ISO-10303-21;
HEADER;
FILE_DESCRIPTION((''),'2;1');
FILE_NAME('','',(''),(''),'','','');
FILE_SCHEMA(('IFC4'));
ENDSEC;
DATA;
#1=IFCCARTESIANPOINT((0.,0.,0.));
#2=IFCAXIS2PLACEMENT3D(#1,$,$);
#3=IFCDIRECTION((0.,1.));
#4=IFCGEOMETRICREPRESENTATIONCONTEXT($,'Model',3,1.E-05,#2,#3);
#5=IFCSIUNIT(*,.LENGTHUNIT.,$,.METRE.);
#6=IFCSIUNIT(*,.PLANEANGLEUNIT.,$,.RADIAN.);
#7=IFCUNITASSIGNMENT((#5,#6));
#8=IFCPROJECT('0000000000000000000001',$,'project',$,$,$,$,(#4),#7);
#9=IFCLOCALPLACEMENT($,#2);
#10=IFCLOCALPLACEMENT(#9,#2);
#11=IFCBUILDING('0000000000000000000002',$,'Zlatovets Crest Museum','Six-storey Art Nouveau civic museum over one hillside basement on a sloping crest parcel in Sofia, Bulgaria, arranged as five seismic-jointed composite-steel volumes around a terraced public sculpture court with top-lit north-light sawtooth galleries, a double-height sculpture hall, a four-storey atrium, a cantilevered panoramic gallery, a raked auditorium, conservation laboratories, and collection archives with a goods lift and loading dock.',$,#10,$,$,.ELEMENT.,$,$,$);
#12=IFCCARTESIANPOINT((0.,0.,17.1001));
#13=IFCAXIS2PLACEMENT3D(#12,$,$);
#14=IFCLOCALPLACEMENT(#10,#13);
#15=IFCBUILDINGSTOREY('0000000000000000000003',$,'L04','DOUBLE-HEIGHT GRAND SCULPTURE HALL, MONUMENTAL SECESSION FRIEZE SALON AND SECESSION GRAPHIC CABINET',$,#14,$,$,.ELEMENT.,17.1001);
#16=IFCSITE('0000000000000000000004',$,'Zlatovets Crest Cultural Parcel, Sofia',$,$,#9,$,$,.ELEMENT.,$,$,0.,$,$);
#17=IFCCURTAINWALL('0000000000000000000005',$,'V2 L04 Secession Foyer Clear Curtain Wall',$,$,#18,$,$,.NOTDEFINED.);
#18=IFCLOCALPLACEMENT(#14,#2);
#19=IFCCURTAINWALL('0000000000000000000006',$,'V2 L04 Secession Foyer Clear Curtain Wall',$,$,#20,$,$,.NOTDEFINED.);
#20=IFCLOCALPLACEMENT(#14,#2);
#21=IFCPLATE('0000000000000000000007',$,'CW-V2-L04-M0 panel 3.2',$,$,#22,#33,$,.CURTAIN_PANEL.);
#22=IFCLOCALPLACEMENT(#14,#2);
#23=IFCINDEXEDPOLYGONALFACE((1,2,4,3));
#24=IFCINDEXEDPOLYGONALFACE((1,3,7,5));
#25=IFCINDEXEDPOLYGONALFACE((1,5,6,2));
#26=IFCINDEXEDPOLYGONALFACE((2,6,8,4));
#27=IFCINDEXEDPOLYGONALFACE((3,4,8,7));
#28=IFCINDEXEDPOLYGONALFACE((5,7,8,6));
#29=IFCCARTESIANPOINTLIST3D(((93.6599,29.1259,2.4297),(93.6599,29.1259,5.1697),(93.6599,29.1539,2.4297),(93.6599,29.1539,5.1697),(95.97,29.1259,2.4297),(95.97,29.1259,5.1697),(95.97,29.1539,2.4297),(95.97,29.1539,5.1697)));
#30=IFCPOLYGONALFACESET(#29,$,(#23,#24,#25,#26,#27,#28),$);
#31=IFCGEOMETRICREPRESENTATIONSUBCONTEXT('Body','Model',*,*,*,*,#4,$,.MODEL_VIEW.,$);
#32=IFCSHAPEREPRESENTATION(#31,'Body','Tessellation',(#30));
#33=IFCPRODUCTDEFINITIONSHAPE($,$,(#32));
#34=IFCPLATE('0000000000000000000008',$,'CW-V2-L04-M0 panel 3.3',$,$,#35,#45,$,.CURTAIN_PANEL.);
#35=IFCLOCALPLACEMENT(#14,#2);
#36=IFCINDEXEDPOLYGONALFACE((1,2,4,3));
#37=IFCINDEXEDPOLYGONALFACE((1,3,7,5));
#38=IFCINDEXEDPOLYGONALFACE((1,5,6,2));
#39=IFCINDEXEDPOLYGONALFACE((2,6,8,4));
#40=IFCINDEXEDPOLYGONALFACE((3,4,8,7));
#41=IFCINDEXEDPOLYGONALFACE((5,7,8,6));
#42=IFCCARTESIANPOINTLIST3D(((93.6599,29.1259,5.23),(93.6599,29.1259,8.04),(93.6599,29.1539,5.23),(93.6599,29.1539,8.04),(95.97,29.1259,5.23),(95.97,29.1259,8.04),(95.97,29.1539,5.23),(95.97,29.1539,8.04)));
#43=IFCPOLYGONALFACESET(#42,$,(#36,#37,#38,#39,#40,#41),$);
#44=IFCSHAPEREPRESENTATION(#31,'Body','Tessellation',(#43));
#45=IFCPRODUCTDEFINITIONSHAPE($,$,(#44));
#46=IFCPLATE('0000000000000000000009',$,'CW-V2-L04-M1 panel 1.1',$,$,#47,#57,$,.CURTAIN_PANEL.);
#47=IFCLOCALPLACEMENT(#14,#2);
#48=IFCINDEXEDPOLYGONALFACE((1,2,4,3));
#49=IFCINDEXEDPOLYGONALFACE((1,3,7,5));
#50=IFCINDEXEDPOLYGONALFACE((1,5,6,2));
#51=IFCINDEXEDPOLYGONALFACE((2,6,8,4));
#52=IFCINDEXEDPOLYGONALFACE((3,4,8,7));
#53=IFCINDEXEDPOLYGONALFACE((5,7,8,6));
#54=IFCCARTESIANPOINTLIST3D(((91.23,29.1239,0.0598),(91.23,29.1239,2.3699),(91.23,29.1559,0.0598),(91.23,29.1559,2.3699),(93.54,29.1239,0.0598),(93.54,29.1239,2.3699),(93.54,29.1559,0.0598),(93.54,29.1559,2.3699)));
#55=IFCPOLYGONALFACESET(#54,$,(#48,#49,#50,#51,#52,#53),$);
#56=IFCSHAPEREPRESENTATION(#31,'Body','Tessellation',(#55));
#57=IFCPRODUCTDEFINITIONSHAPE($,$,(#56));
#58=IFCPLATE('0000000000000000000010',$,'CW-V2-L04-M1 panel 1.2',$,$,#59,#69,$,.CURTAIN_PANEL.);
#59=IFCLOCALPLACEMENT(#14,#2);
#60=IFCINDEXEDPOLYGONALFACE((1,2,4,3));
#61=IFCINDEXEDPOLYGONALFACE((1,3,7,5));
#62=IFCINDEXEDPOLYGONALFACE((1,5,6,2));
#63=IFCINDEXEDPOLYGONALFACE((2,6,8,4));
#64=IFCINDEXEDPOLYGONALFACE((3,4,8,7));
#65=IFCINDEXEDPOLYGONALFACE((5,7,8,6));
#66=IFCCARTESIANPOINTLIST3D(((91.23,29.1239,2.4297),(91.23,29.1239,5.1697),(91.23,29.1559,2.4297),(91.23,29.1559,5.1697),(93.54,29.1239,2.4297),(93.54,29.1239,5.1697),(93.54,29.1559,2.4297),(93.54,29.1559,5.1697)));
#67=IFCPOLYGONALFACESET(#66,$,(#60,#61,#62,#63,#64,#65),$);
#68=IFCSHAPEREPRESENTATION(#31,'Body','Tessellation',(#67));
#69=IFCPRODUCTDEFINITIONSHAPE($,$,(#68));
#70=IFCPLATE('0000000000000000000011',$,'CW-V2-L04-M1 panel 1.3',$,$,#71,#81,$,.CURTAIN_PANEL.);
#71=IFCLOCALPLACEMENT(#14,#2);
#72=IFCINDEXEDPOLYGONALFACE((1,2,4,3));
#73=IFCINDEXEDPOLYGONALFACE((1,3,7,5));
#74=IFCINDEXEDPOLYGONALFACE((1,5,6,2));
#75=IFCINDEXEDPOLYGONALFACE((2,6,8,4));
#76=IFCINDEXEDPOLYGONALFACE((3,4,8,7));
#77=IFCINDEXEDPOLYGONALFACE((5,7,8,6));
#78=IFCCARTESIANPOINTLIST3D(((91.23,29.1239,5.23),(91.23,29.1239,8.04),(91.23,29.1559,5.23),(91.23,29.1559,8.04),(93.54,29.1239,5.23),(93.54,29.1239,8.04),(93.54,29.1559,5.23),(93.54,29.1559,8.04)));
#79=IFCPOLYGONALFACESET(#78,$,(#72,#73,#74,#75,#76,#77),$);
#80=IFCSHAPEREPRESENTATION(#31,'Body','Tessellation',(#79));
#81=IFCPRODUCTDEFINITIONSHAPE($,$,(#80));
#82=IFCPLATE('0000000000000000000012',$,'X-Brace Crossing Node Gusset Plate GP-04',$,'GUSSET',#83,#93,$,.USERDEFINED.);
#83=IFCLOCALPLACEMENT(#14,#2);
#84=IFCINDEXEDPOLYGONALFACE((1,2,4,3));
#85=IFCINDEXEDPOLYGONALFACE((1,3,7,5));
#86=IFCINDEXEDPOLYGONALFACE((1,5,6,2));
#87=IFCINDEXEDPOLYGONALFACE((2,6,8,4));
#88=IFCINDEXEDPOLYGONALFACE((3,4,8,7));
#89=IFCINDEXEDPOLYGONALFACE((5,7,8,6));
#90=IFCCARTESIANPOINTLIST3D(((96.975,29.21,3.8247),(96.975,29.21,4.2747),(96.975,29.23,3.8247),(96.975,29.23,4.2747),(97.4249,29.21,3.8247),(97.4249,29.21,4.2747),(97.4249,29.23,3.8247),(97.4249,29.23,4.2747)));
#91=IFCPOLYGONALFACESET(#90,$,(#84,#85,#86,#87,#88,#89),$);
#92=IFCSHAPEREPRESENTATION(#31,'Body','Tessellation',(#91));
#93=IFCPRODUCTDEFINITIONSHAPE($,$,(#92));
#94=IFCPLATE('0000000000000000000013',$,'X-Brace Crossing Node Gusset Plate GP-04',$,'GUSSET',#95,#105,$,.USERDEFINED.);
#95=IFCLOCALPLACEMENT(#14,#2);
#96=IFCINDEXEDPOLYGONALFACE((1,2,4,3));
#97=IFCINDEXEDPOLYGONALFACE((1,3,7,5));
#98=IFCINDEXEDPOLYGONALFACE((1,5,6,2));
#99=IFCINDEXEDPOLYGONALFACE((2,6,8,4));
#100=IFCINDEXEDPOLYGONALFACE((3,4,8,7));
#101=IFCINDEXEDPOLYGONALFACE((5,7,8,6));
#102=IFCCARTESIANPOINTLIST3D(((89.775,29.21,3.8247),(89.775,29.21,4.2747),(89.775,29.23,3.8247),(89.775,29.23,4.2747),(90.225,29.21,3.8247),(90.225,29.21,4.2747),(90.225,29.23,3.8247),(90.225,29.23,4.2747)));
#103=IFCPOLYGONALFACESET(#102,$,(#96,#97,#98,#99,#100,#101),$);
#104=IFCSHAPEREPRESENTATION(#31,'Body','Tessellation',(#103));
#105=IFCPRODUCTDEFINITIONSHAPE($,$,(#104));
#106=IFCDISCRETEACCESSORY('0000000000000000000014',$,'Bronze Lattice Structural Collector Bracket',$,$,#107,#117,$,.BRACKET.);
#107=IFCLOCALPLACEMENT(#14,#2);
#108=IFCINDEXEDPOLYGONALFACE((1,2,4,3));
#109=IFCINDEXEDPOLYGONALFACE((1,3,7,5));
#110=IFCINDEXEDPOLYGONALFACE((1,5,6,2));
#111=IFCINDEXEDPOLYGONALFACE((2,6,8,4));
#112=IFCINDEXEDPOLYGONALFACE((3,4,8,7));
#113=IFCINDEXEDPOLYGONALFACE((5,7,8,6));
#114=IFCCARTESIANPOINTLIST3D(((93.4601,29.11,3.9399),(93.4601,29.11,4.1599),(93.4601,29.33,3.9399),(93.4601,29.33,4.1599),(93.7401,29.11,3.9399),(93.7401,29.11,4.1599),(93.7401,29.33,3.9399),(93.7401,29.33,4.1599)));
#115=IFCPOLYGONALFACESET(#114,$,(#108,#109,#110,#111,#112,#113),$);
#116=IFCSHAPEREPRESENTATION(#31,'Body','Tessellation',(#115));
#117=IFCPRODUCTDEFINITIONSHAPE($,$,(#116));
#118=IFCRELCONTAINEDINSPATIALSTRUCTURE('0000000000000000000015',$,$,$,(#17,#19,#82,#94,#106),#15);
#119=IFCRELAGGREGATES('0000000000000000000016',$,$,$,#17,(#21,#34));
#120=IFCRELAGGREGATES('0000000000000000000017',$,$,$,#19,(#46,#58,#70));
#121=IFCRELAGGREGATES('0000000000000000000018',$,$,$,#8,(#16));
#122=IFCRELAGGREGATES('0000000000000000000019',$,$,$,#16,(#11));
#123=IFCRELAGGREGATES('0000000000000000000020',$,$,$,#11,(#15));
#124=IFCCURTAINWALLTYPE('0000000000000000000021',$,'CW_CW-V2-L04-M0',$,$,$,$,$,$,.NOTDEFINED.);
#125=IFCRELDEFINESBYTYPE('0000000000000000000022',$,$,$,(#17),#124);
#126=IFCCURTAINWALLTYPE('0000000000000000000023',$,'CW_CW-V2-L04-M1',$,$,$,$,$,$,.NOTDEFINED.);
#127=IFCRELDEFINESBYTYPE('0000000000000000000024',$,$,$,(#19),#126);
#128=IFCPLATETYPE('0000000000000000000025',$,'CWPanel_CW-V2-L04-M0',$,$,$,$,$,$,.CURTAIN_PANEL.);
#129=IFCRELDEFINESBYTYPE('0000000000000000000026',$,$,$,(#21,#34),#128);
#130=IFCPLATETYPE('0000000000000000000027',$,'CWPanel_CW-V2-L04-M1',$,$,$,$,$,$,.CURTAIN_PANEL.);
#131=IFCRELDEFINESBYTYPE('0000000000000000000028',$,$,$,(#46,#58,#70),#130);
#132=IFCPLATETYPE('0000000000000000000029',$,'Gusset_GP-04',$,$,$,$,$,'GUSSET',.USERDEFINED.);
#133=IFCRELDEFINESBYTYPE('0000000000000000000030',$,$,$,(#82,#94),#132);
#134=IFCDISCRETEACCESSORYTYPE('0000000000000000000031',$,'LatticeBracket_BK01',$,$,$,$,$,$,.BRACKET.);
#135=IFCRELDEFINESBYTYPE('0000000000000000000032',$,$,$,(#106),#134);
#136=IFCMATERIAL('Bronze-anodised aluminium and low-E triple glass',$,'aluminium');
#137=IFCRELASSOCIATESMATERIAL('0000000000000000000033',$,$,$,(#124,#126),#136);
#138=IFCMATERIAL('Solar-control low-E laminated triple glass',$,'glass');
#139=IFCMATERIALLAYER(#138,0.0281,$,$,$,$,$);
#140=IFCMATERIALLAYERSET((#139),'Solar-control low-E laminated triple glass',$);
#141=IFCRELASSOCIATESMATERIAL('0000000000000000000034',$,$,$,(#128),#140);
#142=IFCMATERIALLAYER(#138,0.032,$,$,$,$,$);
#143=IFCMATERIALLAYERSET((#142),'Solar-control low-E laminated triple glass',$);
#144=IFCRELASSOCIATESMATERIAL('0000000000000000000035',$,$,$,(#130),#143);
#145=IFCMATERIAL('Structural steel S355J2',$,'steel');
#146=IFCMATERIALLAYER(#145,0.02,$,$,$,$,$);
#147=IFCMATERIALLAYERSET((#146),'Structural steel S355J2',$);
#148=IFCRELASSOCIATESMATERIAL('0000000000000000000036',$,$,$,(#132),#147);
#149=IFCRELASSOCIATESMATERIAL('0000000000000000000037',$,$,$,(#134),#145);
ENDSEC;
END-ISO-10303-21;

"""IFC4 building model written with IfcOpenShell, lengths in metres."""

from ifc_helpers import new_model, si_unit, direction, frame, origin, origin_2d, place, context, subcontext, project, spatial, rectangle, extrude, material, layer, layer_set, type_object, element, aggregate, save


model = new_model("IFC4")

# Units and contexts
model_context = context("Model", 3, precision=1e-05, world=origin(), true_north=direction((0.0, 1.0)))
body_context = subcontext(model_context, "Body", "Model", "MODEL_VIEW")
ifc_project = project(units=[si_unit("LENGTHUNIT", "METRE"), si_unit("PLANEANGLEUNIT", "RADIAN")], contexts=[model_context])

# Site, building, storey
site_placement = place(None, origin())
site = spatial("IfcSite", under=ifc_project, at=site_placement, Name="Zlatovets Crest Cultural Parcel, Sofia", CompositionType="ELEMENT", RefElevation=0.0)
building_placement = place(site_placement, origin())
building = spatial("IfcBuilding", under=site, at=building_placement, Name="Zlatovets Crest Museum", Description="Six-storey Art Nouveau civic museum over one hillside basement on a sloping crest parcel in Sofia, Bulgaria, arranged as five seismic-jointed composite-steel volumes around a terraced public sculpture court with top-lit north-light sawtooth galleries, a double-height sculpture hall, a four-storey atrium, a cantilevered panoramic gallery, a raked auditorium, conservation laboratories, and collection archives with a goods lift and loading dock.", CompositionType="ELEMENT")
storey_placement = place(building_placement, frame((0.0, 0.0, 17.1001)))
storey = spatial("IfcBuildingStorey", under=building, at=storey_placement, Name="L04", Description="DOUBLE-HEIGHT GRAND SCULPTURE HALL, MONUMENTAL SECESSION FRIEZE SALON AND SECESSION GRAPHIC CABINET", CompositionType="ELEMENT", Elevation=17.1001)

# Curtain wall
ifc_material_1 = material(Name="Bronze-anodised aluminium and low-E triple glass", Category="aluminium")
curtain_wall_type_1 = type_object("IfcCurtainWallType", Name="CW_CW-V2-L04-M0", PredefinedType="NOTDEFINED", material=ifc_material_1)
curtain_wall_1_placement = place(storey_placement, origin())
curtain_wall_1 = element("IfcCurtainWall", 1, at=curtain_wall_1_placement, inside=storey, type_object=curtain_wall_type_1, Name="V2 L04 Secession Foyer Clear Curtain Wall", PredefinedType="NOTDEFINED")

# Curtain wall
curtain_wall_type_2 = type_object("IfcCurtainWallType", Name="CW_CW-V2-L04-M1", PredefinedType="NOTDEFINED", material=ifc_material_1)
curtain_wall_2_placement = place(storey_placement, origin())
curtain_wall_2 = element("IfcCurtainWall", 2, at=curtain_wall_2_placement, inside=storey, type_object=curtain_wall_type_2, Name="V2 L04 Secession Foyer Clear Curtain Wall", PredefinedType="NOTDEFINED")

# Plates
ifc_material_2 = material(Name="Solar-control low-E laminated triple glass", Category="glass")
ifc_layer_1 = layer(ifc_material_2, 0.0281)
ifc_layer_set_1 = layer_set([ifc_layer_1], Name="Solar-control low-E laminated triple glass")
plate_type_1 = type_object("IfcPlateType", Name="CWPanel_CW-V2-L04-M0", PredefinedType="CURTAIN_PANEL", material=ifc_layer_set_1)
plate_1_placement = place(storey_placement, frame((94.8149, 29.1399, 2.4297), z_axis=(0.0, 0.0, 1.0), x_axis=(-1.0, 0.0, 0.0)))
plate_1 = element("IfcPlate", 3, at=plate_1_placement, type_object=plate_type_1, Name="CW-V2-L04-M0 panel 3.2", PredefinedType="CURTAIN_PANEL", context=body_context, shape_type="SweptSolid", body=[
    extrude(rectangle(XDim=2.3101, YDim=0.0281, at=origin_2d()), origin(), (0.0, 0.0, 1.0), 2.74),
])
plate_2_placement = place(storey_placement, frame((94.8149, 29.1399, 5.23), z_axis=(0.0, 0.0, 1.0), x_axis=(-1.0, 0.0, 0.0)))
plate_2 = element("IfcPlate", 4, at=plate_2_placement, type_object=plate_type_1, Name="CW-V2-L04-M0 panel 3.3", PredefinedType="CURTAIN_PANEL", context=body_context, shape_type="SweptSolid", body=[
    extrude(rectangle(XDim=2.3101, YDim=0.0281, at=origin_2d()), origin(), (0.0, 0.0, 1.0), 2.8101),
])
aggregate(curtain_wall_1, [plate_1, plate_2])
ifc_layer_2 = layer(ifc_material_2, 0.032)
ifc_layer_set_2 = layer_set([ifc_layer_2], Name="Solar-control low-E laminated triple glass")
plate_type_2 = type_object("IfcPlateType", Name="CWPanel_CW-V2-L04-M1", PredefinedType="CURTAIN_PANEL", material=ifc_layer_set_2)
plate_3_placement = place(storey_placement, frame((92.385, 29.1399, 0.0598), z_axis=(0.0, 0.0, 1.0), x_axis=(-1.0, 0.0, 0.0)))
plate_3 = element("IfcPlate", 5, at=plate_3_placement, type_object=plate_type_2, Name="CW-V2-L04-M1 panel 1.1", PredefinedType="CURTAIN_PANEL", context=body_context, shape_type="SweptSolid", body=[
    extrude(rectangle(XDim=2.3101, YDim=0.032, at=origin_2d()), origin(), (0.0, 0.0, 1.0), 2.3101),
])
plate_4_placement = place(storey_placement, frame((92.385, 29.1399, 2.4297), z_axis=(0.0, 0.0, 1.0), x_axis=(-1.0, 0.0, 0.0)))
plate_4 = element("IfcPlate", 6, at=plate_4_placement, type_object=plate_type_2, Name="CW-V2-L04-M1 panel 1.2", PredefinedType="CURTAIN_PANEL", context=body_context, shape_type="SweptSolid", body=[
    extrude(rectangle(XDim=2.3101, YDim=0.032, at=origin_2d()), origin(), (0.0, 0.0, 1.0), 2.74),
])
plate_5_placement = place(storey_placement, frame((92.385, 29.1399, 5.23), z_axis=(0.0, 0.0, 1.0), x_axis=(-1.0, 0.0, 0.0)))
plate_5 = element("IfcPlate", 7, at=plate_5_placement, type_object=plate_type_2, Name="CW-V2-L04-M1 panel 1.3", PredefinedType="CURTAIN_PANEL", context=body_context, shape_type="SweptSolid", body=[
    extrude(rectangle(XDim=2.3101, YDim=0.032, at=origin_2d()), origin(), (0.0, 0.0, 1.0), 2.8101),
])
aggregate(curtain_wall_2, [plate_3, plate_4, plate_5])

# Plates
ifc_material_3 = material(Name="Structural steel S355J2", Category="steel")
ifc_layer_3 = layer(ifc_material_3, 0.02)
ifc_layer_set_3 = layer_set([ifc_layer_3], Name="Structural steel S355J2")
plate_type_3 = type_object("IfcPlateType", Name="Gusset_GP-04", ElementType="GUSSET", PredefinedType="USERDEFINED", material=ifc_layer_set_3)
for number, where, z_axis, x_axis, name in (
    (8, (97.2, 29.22, 3.8247), (0.0, 0.0, 1.0), (1.0, 0.0, 0.0), "X-Brace Crossing Node Gusset Plate GP-04"),
    (9, (90.0, 29.22, 3.8247), (0.0, 0.0, 1.0), (1.0, 0.0, 0.0), "X-Brace Crossing Node Gusset Plate GP-04"),
):
    element("IfcPlate", number, at=place(storey_placement, frame(where, z_axis=z_axis, x_axis=x_axis)), inside=storey, type_object=plate_type_3, Name=name, ObjectType="GUSSET", PredefinedType="USERDEFINED", context=body_context, shape_type="SweptSolid", body=[
        extrude(rectangle(XDim=0.45, YDim=0.02, at=origin_2d()), origin(), (0.0, 0.0, 1.0), 0.45),
    ])

# Discrete accessory
discrete_accessory_type = type_object("IfcDiscreteAccessoryType", Name="LatticeBracket_BK01", PredefinedType="BRACKET", material=ifc_material_3)
discrete_accessory_placement = place(storey_placement, frame((93.6001, 29.22, 3.9399), z_axis=(0.0, 0.0, 1.0), x_axis=(1.0, 0.0, 0.0)))
element("IfcDiscreteAccessory", 10, at=discrete_accessory_placement, inside=storey, type_object=discrete_accessory_type, Name="Bronze Lattice Structural Collector Bracket", PredefinedType="BRACKET", context=body_context, shape_type="SweptSolid", body=[
    extrude(rectangle(XDim=0.28, YDim=0.22, at=origin_2d()), origin(), (0.0, 0.0, 1.0), 0.22),
])

save(model, "model.ifc")
